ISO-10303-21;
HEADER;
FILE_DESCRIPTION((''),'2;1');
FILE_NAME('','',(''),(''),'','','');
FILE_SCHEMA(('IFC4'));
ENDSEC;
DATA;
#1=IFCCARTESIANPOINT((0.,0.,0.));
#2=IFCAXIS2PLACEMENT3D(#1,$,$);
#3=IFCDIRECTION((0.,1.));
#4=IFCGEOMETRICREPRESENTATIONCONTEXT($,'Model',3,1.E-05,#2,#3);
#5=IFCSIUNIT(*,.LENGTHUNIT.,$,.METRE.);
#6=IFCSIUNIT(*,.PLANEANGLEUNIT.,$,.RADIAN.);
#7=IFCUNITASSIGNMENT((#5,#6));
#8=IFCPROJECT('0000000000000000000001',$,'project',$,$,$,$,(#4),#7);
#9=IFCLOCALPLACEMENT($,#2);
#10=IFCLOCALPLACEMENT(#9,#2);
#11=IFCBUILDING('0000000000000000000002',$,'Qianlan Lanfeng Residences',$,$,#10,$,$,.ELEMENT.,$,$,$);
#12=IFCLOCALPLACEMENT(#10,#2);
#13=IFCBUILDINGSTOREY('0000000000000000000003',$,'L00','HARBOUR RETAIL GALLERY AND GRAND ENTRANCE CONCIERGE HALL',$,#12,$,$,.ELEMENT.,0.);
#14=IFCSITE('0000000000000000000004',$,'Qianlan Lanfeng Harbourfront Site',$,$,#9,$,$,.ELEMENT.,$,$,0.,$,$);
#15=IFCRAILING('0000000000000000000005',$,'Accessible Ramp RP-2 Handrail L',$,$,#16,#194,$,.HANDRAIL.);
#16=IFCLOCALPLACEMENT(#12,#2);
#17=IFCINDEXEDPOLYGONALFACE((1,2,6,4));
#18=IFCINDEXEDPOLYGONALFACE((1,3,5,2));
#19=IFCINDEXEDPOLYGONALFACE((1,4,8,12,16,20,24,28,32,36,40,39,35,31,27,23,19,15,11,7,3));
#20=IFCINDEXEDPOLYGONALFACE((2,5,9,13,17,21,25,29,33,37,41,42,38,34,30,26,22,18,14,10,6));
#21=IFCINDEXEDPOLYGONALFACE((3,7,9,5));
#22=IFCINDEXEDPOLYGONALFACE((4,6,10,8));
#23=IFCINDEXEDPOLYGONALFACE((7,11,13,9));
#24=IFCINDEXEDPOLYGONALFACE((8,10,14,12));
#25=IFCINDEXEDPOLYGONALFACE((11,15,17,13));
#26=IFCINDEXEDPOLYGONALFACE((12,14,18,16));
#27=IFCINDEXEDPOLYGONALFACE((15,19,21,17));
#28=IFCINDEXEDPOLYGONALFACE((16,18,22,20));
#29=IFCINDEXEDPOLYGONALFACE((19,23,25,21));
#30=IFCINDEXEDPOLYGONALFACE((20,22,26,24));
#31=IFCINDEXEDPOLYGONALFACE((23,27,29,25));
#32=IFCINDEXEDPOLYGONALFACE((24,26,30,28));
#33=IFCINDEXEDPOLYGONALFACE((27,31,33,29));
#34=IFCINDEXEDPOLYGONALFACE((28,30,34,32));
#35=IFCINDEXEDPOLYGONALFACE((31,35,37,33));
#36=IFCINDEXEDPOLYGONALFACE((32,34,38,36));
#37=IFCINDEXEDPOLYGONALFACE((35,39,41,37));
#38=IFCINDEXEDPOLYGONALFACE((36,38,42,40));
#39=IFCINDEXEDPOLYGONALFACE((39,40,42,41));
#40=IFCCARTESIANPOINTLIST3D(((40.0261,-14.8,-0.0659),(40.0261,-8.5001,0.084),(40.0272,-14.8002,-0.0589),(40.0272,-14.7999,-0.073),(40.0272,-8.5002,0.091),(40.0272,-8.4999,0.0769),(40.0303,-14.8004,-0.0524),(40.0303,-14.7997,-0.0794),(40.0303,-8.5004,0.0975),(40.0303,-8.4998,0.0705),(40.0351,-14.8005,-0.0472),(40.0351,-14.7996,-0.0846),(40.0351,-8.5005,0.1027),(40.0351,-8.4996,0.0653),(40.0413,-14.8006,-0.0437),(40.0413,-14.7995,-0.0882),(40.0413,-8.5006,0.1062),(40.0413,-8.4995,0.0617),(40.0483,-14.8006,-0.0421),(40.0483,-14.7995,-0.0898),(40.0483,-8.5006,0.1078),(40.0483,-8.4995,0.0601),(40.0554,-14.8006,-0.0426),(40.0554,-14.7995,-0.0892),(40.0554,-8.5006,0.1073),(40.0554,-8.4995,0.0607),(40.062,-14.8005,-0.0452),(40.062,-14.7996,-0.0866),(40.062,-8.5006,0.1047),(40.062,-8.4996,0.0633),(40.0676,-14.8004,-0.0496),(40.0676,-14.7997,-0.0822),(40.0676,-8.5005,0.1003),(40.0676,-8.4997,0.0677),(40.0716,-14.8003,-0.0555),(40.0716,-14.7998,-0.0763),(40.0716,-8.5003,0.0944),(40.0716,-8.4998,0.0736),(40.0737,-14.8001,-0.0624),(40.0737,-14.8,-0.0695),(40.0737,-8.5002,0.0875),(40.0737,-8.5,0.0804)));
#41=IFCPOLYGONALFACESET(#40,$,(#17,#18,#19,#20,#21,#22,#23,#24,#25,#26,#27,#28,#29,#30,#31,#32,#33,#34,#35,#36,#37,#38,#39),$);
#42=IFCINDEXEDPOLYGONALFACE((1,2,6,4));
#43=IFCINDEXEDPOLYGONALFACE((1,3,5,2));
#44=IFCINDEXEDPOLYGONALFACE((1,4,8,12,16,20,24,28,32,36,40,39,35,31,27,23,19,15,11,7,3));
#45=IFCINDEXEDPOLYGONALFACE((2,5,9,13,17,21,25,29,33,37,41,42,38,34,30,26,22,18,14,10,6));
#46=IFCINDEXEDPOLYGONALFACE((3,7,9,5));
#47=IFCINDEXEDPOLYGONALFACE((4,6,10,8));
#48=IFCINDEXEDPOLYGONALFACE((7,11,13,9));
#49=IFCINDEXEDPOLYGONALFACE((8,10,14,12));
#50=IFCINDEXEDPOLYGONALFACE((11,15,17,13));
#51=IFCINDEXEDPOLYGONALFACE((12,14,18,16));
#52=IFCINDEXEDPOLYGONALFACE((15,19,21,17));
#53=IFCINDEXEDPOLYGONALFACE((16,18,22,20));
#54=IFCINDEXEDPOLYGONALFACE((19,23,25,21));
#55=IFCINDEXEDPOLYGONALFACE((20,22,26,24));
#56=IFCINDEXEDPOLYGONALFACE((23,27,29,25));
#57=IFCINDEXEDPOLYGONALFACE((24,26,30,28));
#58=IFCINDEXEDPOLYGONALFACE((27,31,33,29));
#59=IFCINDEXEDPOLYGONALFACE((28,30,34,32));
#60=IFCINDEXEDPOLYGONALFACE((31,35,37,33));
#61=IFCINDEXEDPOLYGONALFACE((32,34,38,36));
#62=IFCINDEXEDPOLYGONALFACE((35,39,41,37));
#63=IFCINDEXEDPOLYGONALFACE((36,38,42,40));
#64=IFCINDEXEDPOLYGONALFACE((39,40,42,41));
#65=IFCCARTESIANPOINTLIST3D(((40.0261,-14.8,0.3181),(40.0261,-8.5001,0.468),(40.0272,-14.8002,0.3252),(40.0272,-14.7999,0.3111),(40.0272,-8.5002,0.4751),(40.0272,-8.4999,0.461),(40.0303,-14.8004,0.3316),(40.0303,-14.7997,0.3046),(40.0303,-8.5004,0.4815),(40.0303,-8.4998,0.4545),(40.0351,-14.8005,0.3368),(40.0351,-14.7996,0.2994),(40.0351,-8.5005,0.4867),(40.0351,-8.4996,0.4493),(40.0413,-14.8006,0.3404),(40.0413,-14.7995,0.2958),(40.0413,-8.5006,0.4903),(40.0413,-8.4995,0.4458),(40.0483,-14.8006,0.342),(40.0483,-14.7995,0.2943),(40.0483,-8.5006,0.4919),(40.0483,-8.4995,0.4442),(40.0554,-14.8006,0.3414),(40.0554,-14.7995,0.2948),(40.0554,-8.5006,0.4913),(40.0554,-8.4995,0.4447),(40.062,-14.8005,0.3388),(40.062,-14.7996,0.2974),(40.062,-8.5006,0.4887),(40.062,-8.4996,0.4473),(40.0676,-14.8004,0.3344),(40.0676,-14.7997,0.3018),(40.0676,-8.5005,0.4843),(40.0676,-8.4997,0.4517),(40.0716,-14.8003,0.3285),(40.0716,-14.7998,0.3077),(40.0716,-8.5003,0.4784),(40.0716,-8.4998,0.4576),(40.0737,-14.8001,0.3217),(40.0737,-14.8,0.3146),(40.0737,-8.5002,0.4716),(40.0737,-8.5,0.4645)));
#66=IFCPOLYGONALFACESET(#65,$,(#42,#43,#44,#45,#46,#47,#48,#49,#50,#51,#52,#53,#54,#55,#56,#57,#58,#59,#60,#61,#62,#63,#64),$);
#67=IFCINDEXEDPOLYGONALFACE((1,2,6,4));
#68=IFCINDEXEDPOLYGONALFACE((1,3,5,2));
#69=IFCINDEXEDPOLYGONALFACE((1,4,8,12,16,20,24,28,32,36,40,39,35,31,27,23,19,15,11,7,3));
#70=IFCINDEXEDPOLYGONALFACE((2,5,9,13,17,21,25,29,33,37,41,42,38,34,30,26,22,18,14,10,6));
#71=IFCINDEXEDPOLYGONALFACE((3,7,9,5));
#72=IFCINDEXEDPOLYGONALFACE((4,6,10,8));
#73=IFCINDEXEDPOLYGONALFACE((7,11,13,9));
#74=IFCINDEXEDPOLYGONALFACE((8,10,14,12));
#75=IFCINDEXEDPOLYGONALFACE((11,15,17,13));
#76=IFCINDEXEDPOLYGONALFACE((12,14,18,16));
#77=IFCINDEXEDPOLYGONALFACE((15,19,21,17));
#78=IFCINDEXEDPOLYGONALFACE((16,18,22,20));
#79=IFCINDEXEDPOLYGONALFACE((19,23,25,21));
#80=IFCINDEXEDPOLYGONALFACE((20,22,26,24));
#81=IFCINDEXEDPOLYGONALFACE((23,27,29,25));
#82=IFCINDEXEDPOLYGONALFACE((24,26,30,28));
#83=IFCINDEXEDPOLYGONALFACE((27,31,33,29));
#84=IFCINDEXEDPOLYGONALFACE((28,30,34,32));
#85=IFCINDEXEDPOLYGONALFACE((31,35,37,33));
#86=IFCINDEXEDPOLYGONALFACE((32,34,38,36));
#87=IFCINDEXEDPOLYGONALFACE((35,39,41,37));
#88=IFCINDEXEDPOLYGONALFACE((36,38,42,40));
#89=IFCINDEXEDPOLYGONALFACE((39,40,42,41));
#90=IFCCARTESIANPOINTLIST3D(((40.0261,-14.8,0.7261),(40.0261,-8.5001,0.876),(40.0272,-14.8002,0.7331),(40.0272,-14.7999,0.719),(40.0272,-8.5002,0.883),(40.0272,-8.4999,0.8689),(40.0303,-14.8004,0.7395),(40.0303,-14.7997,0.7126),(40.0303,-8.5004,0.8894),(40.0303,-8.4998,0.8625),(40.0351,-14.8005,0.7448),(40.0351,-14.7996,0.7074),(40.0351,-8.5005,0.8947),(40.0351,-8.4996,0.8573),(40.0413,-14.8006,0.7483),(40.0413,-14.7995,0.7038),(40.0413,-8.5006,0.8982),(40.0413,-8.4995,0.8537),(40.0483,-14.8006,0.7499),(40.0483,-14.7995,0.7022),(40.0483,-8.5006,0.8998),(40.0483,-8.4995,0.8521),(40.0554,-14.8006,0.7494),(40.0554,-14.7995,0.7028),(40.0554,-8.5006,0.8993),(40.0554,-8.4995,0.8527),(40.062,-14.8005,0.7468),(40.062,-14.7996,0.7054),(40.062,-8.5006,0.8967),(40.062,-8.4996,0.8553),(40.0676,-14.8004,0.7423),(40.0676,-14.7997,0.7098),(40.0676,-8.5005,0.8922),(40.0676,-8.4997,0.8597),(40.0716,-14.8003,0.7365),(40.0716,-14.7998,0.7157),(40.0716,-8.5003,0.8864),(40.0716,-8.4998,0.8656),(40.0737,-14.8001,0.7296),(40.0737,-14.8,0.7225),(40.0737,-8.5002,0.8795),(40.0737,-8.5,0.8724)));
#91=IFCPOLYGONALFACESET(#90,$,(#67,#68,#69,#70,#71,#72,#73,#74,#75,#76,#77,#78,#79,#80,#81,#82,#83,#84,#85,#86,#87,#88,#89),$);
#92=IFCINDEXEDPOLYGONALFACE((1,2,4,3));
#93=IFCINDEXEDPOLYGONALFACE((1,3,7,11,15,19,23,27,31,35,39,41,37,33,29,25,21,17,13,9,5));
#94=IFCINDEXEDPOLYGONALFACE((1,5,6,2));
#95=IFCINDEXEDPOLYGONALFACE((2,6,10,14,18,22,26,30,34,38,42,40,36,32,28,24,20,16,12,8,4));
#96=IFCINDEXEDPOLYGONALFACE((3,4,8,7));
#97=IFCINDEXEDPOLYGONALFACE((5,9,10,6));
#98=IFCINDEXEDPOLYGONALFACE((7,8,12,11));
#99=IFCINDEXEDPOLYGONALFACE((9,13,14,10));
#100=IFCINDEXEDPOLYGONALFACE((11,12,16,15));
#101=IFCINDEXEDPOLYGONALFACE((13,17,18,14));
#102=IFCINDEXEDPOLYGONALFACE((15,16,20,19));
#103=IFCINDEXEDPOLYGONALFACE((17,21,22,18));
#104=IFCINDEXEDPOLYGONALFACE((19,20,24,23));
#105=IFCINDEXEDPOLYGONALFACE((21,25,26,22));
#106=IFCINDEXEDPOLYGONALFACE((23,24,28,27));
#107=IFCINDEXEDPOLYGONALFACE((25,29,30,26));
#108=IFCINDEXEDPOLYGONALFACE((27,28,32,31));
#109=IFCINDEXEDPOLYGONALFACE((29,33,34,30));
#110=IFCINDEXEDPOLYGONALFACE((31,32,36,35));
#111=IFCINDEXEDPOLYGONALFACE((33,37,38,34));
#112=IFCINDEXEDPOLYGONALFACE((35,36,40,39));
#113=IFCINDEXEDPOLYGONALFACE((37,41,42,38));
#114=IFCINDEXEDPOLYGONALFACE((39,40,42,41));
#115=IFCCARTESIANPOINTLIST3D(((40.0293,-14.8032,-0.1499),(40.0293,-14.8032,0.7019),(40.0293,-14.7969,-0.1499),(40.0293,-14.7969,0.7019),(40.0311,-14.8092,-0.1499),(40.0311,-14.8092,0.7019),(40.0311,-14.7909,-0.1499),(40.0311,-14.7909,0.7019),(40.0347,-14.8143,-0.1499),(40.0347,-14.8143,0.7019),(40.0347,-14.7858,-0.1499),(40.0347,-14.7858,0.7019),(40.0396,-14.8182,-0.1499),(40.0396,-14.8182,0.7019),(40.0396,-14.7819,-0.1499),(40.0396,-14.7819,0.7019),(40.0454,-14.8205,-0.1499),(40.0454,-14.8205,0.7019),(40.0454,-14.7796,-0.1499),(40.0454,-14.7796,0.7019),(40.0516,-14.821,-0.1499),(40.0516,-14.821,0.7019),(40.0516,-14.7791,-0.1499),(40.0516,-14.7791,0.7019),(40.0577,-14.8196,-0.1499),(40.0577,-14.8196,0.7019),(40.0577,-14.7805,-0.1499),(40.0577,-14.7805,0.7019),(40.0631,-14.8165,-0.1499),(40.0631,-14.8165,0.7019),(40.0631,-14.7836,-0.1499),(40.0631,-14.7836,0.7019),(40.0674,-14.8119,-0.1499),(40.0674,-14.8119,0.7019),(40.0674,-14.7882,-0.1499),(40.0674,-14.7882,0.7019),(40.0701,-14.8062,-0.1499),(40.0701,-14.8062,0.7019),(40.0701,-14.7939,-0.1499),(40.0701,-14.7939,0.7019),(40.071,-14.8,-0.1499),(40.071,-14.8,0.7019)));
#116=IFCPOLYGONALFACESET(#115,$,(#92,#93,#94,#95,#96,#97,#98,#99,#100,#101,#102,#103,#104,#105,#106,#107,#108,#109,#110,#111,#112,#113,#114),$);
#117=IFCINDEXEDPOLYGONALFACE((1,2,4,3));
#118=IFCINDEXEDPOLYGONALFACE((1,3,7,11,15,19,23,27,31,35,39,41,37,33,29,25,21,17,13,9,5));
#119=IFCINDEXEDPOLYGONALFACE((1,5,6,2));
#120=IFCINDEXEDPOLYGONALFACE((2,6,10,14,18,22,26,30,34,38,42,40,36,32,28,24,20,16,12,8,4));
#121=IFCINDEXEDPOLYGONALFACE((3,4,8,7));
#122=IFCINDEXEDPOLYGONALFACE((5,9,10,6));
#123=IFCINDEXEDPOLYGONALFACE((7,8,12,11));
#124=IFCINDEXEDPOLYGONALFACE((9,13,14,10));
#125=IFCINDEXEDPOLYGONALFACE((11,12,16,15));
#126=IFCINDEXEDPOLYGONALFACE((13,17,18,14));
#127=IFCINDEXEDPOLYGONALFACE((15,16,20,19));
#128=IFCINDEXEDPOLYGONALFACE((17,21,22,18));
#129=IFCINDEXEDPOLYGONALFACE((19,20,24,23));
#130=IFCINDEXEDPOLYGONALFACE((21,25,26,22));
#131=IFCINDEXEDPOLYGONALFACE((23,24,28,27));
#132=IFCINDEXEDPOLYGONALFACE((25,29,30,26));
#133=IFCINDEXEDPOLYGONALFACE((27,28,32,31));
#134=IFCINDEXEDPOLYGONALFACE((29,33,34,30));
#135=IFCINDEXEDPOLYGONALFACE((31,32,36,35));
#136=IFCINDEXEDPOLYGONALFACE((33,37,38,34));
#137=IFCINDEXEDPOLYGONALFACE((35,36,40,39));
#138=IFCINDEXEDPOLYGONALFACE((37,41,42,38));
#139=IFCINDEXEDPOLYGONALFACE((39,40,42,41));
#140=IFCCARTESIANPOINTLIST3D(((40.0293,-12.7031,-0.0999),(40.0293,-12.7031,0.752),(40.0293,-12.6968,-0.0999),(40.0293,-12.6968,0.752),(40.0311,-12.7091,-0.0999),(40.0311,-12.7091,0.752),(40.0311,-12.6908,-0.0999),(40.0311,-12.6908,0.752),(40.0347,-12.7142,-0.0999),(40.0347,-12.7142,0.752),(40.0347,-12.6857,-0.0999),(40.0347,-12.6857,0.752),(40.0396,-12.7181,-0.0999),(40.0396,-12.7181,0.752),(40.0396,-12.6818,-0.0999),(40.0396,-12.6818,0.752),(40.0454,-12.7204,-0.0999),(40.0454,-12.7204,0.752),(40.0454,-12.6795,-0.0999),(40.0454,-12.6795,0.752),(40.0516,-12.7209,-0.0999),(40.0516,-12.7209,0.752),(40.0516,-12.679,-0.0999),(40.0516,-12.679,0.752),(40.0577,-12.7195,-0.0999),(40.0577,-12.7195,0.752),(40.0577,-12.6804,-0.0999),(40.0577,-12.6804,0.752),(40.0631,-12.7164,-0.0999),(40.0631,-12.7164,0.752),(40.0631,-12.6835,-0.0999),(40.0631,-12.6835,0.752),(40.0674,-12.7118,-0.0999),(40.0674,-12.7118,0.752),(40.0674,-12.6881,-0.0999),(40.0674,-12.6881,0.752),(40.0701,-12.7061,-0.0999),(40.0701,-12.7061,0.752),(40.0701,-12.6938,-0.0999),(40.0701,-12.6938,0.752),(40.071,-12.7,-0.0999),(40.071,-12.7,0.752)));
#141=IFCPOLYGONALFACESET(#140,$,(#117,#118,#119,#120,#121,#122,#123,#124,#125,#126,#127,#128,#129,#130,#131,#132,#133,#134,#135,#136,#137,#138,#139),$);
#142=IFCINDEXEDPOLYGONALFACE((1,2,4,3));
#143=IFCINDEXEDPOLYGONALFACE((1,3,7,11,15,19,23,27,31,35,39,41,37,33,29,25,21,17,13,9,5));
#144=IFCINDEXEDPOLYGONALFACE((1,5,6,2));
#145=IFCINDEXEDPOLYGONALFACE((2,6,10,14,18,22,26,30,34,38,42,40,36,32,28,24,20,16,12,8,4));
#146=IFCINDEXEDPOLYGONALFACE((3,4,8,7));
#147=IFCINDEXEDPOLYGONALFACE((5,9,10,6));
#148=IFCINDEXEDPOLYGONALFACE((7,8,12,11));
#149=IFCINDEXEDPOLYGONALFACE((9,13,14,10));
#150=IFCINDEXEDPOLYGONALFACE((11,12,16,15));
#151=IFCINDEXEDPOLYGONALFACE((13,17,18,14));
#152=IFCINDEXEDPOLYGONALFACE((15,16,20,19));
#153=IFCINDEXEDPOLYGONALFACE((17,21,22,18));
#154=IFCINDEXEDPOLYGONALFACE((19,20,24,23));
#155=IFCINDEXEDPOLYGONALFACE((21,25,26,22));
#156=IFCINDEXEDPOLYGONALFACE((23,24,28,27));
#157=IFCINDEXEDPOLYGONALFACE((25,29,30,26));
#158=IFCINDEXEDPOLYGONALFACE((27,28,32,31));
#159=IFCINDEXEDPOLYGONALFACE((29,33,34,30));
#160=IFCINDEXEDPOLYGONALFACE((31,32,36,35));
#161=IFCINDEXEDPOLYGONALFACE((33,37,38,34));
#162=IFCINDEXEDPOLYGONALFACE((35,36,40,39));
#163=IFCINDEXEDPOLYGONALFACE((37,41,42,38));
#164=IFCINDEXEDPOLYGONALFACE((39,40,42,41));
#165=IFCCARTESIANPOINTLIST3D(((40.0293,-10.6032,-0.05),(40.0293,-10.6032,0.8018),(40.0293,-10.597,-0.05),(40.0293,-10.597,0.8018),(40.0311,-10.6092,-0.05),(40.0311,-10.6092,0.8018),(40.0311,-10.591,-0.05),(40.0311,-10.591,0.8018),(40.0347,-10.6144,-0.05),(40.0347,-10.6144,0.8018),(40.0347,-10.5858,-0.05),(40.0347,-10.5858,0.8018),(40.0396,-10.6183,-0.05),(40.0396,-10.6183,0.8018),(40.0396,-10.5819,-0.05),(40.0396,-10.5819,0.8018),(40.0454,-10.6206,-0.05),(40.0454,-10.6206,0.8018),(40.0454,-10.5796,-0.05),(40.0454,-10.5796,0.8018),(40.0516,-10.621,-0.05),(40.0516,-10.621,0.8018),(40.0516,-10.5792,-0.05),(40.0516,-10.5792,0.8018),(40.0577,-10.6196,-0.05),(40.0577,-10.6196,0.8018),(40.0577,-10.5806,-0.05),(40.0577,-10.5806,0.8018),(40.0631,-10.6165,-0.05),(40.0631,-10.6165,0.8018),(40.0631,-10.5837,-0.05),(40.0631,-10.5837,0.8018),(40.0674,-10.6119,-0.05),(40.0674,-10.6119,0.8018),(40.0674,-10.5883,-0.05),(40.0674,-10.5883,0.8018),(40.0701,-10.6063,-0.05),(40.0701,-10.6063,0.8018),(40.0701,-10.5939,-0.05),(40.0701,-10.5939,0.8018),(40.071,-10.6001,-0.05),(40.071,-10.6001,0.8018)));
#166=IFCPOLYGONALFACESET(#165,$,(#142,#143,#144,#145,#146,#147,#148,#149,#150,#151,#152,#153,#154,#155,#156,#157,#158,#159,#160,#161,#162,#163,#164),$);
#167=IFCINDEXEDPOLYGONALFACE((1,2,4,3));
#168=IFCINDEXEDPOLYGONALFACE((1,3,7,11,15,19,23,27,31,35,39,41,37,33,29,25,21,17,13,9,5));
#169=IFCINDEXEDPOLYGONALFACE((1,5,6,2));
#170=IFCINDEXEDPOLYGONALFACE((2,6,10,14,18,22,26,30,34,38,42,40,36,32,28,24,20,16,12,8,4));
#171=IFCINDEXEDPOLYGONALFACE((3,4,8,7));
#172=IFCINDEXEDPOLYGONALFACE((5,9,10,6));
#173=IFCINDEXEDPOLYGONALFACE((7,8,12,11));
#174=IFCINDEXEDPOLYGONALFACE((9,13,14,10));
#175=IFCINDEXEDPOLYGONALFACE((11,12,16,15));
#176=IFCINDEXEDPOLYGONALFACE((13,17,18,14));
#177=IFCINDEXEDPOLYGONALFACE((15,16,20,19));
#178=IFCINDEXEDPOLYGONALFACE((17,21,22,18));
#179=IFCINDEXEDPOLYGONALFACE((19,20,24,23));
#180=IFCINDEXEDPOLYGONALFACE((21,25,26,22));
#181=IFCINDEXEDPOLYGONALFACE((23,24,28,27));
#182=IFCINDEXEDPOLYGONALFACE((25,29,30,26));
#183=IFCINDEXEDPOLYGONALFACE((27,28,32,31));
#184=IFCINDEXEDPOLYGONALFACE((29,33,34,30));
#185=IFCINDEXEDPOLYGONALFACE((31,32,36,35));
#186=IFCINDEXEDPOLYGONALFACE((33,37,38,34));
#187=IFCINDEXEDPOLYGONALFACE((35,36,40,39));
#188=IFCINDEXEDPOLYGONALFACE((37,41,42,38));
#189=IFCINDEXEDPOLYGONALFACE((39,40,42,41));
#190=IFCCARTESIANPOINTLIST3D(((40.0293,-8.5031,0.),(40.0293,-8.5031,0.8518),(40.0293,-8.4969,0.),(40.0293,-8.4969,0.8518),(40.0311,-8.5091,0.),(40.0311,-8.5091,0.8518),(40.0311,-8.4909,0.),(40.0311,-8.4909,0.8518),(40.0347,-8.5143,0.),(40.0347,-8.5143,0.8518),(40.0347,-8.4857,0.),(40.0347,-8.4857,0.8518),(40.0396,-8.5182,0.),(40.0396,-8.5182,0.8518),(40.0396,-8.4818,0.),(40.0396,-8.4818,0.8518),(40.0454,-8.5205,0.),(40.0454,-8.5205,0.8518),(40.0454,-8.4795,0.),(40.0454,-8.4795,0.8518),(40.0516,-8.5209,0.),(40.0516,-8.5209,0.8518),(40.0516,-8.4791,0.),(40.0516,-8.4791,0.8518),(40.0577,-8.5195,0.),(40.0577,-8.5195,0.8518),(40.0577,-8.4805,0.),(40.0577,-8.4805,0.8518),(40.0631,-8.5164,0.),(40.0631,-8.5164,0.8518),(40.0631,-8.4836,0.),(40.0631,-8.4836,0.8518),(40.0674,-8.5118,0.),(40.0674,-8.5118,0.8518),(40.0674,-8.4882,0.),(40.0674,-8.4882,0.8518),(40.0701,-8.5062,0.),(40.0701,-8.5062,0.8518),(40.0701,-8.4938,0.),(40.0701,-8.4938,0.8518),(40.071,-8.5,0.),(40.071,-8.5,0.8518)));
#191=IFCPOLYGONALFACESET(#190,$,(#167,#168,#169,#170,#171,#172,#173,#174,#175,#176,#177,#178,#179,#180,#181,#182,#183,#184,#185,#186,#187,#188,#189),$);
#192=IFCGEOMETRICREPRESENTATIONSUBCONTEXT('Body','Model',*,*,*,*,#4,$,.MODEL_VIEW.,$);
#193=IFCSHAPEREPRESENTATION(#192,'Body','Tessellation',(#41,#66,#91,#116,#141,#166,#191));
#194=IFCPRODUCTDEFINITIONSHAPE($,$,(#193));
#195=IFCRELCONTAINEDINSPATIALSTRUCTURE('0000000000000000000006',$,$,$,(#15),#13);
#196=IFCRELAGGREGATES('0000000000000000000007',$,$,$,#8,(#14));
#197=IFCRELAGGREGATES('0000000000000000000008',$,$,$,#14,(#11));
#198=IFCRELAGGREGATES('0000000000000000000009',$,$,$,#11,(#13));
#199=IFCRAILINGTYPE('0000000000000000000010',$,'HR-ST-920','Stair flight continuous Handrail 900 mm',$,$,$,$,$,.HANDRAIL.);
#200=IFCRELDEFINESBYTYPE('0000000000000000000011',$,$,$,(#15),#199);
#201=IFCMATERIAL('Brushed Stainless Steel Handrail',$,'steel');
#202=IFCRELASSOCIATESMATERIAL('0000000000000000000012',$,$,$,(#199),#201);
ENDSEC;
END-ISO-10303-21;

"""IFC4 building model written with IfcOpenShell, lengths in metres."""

from ifc_helpers import new_model, si_unit, direction, frame, origin, origin_2d, place, context, subcontext, project, spatial, circle, extrude, material, type_object, element, save


model = new_model("IFC4")

# Units and contexts
model_context = context("Model", 3, precision=1e-05, world=origin(), true_north=direction((0.0, 1.0)))
body_context = subcontext(model_context, "Body", "Model", "MODEL_VIEW")
ifc_project = project(units=[si_unit("LENGTHUNIT", "METRE"), si_unit("PLANEANGLEUNIT", "RADIAN")], contexts=[model_context])

# Site, building, storey
site_placement = place(None, origin())
site = spatial("IfcSite", under=ifc_project, at=site_placement, Name="Qianlan Lanfeng Harbourfront Site", CompositionType="ELEMENT", RefElevation=0.0)
building_placement = place(site_placement, origin())
building = spatial("IfcBuilding", under=site, at=building_placement, Name="Qianlan Lanfeng Residences", CompositionType="ELEMENT")
storey_placement = place(building_placement, origin())
storey = spatial("IfcBuildingStorey", under=building, at=storey_placement, Name="L00", Description="HARBOUR RETAIL GALLERY AND GRAND ENTRANCE CONCIERGE HALL", CompositionType="ELEMENT", Elevation=0.0)

# Railing
ifc_material_1 = material(Name="Brushed Stainless Steel Handrail", Category="steel")
railing_type = type_object("IfcRailingType", Name="HR-ST-920", Description="Stair flight continuous Handrail 900 mm", PredefinedType="HANDRAIL", material=ifc_material_1)
railing_placement = place(storey_placement, frame((40.05, -14.8, -0.1499)))
element("IfcRailing", 1, at=railing_placement, inside=storey, type_object=railing_type, Name="Accessible Ramp RP-2 Handrail L", PredefinedType="HANDRAIL", context=body_context, shape_type="SweptSolid", body=[
    extrude(circle(Radius=0.0239, at=origin_2d()), frame((0.0, 0.0, 0.084), z_axis=(0.0, 0.999717, 0.023787), x_axis=(-1.0, 0.0, 0.0)), (0.0, 0.0, 1.0), 6.3018),
    extrude(circle(Radius=0.0239, at=origin_2d()), frame((0.0, 0.0, 0.468), z_axis=(0.0, 0.999717, 0.023787), x_axis=(-1.0, 0.0, 0.0)), (0.0, 0.0, 1.0), 6.3018),
    extrude(circle(Radius=0.0239, at=origin_2d()), frame((0.0, 0.0, 0.876), z_axis=(0.0, 0.999717, 0.023787), x_axis=(-1.0, 0.0, 0.0)), (0.0, 0.0, 1.0), 6.3018),
    extrude(circle(Radius=0.021, at=origin_2d()), origin(), (0.0, 0.0, 1.0), 0.8518),
    extrude(circle(Radius=0.021, at=origin_2d()), frame((0.0, 2.1001, 0.05)), (0.0, 0.0, 1.0), 0.8518),
    extrude(circle(Radius=0.021, at=origin_2d()), frame((0.0, 4.2, 0.0999)), (0.0, 0.0, 1.0), 0.8518),
    extrude(circle(Radius=0.021, at=origin_2d()), frame((0.0, 6.3, 0.1499)), (0.0, 0.0, 1.0), 0.8518),
])

save(model, "model.ifc")
